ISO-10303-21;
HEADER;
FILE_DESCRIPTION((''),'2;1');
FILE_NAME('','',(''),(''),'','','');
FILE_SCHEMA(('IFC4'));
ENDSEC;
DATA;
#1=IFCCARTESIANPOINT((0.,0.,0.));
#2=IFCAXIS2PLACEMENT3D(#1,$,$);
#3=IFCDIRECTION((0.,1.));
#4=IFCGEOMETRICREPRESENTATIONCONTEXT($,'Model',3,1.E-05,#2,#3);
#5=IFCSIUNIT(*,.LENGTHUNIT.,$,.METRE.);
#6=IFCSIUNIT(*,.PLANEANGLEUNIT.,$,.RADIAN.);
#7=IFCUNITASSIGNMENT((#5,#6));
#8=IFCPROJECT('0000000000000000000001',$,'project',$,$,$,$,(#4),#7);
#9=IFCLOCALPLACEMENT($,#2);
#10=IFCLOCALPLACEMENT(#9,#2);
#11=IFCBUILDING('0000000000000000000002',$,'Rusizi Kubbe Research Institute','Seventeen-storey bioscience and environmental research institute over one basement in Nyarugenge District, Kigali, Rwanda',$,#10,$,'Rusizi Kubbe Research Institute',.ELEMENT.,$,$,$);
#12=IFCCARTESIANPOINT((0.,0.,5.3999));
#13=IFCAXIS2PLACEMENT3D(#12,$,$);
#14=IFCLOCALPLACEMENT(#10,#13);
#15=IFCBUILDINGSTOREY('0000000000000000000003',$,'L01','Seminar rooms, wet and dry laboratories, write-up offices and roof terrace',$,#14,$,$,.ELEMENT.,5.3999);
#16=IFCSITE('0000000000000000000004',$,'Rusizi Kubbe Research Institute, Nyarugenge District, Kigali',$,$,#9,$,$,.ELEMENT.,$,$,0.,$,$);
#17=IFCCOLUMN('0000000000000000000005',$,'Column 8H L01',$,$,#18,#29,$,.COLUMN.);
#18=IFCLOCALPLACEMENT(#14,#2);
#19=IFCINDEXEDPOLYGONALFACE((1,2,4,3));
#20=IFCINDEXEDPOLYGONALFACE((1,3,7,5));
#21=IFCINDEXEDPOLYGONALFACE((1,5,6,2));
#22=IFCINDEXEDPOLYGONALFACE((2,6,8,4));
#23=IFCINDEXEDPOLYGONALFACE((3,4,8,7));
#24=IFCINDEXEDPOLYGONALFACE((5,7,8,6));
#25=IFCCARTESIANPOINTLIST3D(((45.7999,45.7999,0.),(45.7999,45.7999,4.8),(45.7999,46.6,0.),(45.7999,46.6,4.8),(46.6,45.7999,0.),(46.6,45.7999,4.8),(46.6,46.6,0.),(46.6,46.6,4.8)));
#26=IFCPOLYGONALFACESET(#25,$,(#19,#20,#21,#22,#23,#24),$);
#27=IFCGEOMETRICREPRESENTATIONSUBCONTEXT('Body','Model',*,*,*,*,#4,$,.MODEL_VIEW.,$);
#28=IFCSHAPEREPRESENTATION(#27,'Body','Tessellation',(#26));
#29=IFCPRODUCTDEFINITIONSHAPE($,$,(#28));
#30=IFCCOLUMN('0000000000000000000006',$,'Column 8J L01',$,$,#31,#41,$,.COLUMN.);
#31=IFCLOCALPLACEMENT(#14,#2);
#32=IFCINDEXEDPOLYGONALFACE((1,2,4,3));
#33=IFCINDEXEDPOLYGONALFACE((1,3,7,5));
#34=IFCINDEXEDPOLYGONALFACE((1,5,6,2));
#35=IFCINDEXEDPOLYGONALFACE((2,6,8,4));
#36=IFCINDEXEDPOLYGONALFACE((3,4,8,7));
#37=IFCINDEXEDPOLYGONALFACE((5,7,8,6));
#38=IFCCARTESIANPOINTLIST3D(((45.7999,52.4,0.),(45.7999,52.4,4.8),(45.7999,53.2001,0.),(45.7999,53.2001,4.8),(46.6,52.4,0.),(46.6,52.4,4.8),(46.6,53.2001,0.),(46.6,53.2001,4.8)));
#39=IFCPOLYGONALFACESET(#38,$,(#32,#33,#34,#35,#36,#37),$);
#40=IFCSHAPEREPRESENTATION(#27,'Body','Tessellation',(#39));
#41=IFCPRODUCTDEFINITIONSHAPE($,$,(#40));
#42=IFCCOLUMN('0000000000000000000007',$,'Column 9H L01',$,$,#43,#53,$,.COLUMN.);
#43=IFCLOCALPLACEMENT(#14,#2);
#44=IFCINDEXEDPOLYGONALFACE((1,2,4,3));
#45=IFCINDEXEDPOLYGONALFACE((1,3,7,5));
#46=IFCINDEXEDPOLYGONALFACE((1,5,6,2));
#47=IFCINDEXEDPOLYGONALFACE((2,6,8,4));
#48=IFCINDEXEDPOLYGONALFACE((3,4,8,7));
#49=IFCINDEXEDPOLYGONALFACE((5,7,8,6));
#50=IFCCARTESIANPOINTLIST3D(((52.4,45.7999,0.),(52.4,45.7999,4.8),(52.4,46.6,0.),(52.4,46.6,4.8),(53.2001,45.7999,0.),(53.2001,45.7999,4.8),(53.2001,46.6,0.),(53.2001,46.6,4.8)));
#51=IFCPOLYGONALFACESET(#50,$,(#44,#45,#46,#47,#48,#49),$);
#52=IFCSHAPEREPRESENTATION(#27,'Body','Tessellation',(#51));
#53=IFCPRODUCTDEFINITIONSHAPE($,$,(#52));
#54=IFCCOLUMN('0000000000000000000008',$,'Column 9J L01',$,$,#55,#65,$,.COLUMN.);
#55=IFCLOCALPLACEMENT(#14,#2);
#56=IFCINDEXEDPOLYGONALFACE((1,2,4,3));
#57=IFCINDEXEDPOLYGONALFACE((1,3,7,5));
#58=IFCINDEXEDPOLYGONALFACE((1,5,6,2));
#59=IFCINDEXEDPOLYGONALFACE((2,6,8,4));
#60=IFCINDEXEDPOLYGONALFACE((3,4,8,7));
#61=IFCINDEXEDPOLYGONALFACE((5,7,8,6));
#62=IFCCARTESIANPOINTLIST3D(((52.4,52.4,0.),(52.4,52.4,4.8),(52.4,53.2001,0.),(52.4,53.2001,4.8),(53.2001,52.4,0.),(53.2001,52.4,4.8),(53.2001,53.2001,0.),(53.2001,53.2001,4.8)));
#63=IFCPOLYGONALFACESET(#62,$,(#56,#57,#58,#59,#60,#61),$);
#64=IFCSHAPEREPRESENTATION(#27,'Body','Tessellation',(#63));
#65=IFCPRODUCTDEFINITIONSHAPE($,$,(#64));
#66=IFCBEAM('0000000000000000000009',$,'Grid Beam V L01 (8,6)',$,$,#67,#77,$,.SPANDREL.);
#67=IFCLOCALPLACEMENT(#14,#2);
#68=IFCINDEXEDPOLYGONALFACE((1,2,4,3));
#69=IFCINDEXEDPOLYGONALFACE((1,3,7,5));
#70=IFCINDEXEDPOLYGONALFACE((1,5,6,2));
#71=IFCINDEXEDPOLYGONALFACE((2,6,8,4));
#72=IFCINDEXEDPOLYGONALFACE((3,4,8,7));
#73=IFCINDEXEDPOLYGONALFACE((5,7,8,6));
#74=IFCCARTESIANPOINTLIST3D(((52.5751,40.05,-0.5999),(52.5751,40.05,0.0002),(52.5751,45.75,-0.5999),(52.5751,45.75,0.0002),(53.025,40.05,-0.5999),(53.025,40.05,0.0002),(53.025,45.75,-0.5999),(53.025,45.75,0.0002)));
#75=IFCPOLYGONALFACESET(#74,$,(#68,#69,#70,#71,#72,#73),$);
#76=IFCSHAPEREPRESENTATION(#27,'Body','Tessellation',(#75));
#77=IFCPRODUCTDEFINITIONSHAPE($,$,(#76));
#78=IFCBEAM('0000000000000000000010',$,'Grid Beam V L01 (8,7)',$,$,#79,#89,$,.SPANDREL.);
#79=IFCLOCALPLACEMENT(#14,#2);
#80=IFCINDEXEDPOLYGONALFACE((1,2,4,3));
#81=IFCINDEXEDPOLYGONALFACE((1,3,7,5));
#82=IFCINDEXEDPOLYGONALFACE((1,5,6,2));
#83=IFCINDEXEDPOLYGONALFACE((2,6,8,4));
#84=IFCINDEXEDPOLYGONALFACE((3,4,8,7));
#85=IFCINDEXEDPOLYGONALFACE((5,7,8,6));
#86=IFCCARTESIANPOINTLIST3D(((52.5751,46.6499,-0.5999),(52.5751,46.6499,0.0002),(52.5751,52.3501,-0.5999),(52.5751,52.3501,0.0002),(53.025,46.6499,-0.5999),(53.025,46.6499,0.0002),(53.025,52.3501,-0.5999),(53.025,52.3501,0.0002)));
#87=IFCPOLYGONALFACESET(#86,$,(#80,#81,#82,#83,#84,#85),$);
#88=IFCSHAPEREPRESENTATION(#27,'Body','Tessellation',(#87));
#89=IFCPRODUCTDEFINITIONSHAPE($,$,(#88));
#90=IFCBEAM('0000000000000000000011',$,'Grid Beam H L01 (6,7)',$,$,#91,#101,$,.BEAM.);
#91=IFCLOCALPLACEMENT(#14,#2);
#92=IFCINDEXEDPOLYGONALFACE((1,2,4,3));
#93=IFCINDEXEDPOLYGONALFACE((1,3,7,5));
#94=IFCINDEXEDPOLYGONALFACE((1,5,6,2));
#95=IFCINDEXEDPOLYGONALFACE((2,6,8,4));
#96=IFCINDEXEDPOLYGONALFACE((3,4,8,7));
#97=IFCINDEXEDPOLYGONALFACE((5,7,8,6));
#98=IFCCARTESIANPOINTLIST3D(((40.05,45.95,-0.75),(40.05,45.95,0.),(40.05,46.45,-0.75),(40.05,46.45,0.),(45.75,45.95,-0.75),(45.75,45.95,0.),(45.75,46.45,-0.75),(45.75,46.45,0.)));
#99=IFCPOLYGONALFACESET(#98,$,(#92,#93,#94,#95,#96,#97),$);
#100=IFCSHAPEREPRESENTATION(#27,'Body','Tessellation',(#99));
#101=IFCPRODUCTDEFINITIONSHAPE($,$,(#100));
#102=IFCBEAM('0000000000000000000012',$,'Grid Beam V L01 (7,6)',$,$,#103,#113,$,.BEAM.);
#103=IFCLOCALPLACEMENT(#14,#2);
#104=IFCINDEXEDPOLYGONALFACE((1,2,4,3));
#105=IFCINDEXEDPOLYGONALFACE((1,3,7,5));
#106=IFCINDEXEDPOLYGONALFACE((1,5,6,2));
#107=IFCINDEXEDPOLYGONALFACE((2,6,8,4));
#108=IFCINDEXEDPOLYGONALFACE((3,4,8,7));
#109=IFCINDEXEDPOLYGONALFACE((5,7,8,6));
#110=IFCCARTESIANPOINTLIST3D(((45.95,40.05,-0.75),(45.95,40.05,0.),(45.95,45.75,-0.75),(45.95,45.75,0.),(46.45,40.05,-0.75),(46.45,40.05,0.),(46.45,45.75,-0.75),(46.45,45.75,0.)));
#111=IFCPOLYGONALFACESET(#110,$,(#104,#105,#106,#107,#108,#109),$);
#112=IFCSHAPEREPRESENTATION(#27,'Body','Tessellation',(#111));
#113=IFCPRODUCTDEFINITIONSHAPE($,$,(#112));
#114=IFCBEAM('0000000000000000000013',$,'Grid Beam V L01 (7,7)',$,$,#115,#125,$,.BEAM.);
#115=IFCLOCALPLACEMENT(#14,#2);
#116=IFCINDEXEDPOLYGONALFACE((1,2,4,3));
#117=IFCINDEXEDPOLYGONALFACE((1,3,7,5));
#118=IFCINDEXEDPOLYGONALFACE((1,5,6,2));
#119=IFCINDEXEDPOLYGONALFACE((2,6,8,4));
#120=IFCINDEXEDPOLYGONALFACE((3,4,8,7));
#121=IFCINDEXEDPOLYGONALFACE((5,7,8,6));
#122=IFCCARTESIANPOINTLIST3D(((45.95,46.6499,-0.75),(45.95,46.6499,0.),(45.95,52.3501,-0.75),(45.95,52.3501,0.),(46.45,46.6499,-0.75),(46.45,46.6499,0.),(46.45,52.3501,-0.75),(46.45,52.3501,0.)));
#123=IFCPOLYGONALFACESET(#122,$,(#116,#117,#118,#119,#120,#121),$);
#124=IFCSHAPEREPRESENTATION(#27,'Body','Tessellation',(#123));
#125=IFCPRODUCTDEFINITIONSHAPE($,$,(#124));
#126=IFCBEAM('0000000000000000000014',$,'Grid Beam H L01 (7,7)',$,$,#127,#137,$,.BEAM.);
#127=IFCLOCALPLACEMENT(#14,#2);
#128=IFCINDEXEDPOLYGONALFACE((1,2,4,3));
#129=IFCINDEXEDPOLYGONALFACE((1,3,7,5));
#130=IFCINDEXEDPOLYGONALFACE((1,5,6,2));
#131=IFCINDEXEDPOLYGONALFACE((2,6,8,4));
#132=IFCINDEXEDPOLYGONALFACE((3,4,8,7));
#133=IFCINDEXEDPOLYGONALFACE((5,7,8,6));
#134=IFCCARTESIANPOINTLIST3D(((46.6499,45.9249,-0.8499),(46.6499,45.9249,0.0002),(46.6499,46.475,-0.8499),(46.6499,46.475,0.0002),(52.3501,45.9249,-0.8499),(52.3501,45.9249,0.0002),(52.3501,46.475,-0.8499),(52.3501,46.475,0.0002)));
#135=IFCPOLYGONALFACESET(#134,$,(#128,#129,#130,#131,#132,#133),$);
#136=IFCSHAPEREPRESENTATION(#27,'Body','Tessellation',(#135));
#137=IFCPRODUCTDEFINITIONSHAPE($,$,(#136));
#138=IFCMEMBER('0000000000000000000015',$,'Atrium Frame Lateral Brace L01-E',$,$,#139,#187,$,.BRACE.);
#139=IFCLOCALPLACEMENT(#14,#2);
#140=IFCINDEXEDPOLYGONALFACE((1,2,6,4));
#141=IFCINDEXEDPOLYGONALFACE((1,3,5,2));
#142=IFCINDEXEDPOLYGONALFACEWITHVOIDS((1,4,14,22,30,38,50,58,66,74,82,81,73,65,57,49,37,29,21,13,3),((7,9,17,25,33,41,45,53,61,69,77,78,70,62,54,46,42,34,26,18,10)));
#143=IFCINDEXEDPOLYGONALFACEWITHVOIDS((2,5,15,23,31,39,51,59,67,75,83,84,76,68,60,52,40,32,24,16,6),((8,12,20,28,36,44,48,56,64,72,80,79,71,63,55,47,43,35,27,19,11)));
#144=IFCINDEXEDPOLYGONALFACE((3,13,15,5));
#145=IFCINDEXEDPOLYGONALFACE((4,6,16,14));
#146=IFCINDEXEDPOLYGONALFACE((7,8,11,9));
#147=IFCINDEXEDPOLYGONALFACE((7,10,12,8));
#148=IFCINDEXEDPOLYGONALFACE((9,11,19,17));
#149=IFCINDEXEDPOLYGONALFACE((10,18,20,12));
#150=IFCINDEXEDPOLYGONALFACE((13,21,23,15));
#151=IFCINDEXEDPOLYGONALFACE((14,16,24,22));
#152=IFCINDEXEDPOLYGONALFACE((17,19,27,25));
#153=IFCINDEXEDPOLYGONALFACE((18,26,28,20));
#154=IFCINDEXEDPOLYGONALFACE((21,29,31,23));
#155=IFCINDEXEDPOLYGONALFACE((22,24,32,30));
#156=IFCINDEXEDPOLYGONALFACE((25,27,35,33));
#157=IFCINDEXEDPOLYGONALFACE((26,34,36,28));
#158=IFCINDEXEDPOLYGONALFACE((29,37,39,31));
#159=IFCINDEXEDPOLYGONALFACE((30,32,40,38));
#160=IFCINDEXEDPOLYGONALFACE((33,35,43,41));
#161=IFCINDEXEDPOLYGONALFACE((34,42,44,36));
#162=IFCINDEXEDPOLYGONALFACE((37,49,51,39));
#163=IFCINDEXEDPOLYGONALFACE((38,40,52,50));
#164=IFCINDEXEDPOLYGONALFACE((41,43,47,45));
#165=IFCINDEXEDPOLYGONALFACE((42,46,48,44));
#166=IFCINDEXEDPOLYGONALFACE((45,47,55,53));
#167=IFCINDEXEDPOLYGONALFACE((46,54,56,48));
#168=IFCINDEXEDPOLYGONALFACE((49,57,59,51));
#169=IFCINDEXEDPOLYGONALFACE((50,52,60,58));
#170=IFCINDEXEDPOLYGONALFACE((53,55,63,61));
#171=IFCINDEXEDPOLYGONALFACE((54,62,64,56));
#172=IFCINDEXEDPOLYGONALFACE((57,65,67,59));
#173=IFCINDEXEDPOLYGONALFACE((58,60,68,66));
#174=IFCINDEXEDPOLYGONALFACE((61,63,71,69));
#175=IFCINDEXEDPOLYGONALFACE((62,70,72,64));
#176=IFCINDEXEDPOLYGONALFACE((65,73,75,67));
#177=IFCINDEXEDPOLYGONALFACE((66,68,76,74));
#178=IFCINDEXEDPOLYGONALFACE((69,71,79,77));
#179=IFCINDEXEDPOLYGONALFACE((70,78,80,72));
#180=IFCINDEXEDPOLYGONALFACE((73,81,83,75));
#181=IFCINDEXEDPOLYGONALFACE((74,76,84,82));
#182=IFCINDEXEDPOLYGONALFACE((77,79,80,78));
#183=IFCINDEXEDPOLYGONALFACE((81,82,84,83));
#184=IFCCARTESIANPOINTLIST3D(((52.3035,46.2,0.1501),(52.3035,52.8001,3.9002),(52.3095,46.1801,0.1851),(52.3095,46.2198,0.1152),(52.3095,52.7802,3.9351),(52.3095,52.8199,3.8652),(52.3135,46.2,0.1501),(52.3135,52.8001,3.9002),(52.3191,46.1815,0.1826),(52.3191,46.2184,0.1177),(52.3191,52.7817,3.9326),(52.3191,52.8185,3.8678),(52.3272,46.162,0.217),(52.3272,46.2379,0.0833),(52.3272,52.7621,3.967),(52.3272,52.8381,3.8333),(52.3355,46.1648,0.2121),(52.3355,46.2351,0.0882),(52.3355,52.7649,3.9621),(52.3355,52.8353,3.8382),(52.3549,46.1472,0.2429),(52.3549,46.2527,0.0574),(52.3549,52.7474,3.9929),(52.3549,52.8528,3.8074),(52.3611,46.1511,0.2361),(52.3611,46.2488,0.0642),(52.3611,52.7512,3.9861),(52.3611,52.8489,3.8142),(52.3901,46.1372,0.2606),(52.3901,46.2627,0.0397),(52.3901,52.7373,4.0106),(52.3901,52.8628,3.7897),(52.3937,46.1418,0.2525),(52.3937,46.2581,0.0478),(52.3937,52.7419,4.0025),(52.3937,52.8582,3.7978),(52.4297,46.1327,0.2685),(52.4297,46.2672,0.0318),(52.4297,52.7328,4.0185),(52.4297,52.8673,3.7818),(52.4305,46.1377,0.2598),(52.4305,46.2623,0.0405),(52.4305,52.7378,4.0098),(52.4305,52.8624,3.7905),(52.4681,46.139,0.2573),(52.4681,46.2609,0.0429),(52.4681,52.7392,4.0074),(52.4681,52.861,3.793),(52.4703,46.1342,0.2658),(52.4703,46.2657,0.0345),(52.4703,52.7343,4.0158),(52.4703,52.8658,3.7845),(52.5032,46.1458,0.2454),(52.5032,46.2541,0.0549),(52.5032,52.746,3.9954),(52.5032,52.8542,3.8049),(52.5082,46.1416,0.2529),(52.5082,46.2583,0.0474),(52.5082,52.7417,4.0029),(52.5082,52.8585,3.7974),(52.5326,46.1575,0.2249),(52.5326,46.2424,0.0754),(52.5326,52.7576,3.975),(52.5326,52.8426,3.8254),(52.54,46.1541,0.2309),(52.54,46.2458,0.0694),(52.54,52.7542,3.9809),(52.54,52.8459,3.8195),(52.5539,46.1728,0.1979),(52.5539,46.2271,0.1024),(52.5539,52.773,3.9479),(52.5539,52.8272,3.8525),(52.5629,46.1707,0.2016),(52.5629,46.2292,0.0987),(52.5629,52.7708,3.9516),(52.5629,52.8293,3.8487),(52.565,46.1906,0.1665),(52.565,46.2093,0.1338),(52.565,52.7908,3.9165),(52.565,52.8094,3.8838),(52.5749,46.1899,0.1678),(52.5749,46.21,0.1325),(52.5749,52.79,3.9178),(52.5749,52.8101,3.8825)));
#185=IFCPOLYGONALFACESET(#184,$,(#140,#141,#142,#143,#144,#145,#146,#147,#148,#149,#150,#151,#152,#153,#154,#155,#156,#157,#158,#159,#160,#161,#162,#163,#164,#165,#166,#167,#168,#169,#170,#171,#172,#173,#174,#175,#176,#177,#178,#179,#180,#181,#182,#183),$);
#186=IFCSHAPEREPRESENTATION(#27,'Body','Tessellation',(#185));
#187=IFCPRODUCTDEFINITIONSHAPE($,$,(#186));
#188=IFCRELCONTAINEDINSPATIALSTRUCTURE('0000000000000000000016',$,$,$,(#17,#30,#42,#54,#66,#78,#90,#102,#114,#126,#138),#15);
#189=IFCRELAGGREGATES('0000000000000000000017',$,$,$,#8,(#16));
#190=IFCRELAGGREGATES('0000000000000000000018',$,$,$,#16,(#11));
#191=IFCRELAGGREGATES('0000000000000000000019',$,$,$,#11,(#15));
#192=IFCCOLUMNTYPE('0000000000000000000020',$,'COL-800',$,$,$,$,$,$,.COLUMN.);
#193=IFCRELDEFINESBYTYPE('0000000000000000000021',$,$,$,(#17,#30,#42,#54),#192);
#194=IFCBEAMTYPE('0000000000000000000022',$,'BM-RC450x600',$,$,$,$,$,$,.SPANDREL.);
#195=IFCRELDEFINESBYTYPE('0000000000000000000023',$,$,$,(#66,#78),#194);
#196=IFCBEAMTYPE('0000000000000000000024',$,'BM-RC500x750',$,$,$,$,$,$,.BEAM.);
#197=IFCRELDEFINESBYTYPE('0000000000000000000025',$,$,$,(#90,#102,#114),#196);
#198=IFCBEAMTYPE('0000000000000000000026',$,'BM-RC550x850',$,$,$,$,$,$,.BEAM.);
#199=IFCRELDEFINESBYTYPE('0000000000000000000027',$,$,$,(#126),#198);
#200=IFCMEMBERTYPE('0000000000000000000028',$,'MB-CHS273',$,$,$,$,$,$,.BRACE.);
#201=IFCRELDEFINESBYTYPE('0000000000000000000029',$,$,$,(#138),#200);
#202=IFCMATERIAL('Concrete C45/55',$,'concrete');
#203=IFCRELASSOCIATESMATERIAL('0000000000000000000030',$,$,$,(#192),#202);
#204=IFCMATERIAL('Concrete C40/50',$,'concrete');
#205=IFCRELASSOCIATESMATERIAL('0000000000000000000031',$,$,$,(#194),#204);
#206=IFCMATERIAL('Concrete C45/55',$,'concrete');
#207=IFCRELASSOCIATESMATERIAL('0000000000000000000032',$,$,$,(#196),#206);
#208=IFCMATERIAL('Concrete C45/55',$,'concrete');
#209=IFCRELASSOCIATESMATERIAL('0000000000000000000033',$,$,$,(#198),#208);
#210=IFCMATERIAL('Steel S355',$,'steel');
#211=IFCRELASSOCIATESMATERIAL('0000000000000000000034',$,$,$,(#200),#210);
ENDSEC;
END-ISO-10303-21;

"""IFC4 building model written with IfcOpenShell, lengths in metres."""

from ifc_helpers import new_model, si_unit, direction, frame, origin, origin_2d, place, context, subcontext, project, spatial, rectangle, hollow_circle, extrude, material, material_profile, profile_set, type_object, element, save


model = new_model("IFC4")

# Units and contexts
model_context = context("Model", 3, precision=1e-05, world=origin(), true_north=direction((0.0, 1.0)))
body_context = subcontext(model_context, "Body", "Model", "MODEL_VIEW")
ifc_project = project(units=[si_unit("LENGTHUNIT", "METRE"), si_unit("PLANEANGLEUNIT", "RADIAN")], contexts=[model_context])

# Site, building, storey
site_placement = place(None, origin())
site = spatial("IfcSite", under=ifc_project, at=site_placement, Name="Rusizi Kubbe Research Institute, Nyarugenge District, Kigali", CompositionType="ELEMENT", RefElevation=0.0)
building_placement = place(site_placement, origin())
building = spatial("IfcBuilding", under=site, at=building_placement, Name="Rusizi Kubbe Research Institute", Description="Seventeen-storey bioscience and environmental research institute over one basement in Nyarugenge District, Kigali, Rwanda", LongName="Rusizi Kubbe Research Institute", CompositionType="ELEMENT")
storey_placement = place(building_placement, frame((0.0, 0.0, 5.3999)))
storey = spatial("IfcBuildingStorey", under=building, at=storey_placement, Name="L01", Description="Seminar rooms, wet and dry laboratories, write-up offices and roof terrace", CompositionType="ELEMENT", Elevation=5.3999)

# Columns
ifc_material_1 = material(Name="Concrete C45/55", Category="concrete")
ifc_material_profile_1 = material_profile(ifc_material_1, rectangle(XDim=0.8, YDim=0.8, at=origin_2d()), Name="RC800x800")
ifc_profile_set_1 = profile_set([ifc_material_profile_1], Name="Concrete C45/55")
column_type = type_object("IfcColumnType", Name="COL-800", PredefinedType="COLUMN", material=ifc_profile_set_1)
for number, where, z_axis, x_axis, name in (
    (1, (46.2, 46.2, 0.0), (0.0, 0.0, 1.0), (1.0, 0.0, 0.0), "Column 8H L01"),
    (2, (46.2, 52.8, 0.0), (0.0, 0.0, 1.0), (1.0, 0.0, 0.0), "Column 8J L01"),
    (3, (52.8, 46.2, 0.0), (0.0, 0.0, 1.0), (1.0, 0.0, 0.0), "Column 9H L01"),
    (4, (52.8, 52.8, 0.0), (0.0, 0.0, 1.0), (1.0, 0.0, 0.0), "Column 9J L01"),
):
    element("IfcColumn", number, at=place(storey_placement, frame(where, z_axis=z_axis, x_axis=x_axis)), inside=storey, type_object=column_type, Name=name, PredefinedType="COLUMN", context=body_context, shape_type="SweptSolid", body=[
        extrude(rectangle(XDim=0.8, YDim=0.8, at=origin_2d()), origin(), (0.0, 0.0, 1.0), 4.8),
    ])

# Beams
ifc_material_2 = material(Name="Concrete C40/50", Category="concrete")
ifc_material_profile_2 = material_profile(ifc_material_2, rectangle(XDim=0.45, YDim=0.6001, at=origin_2d()), Name="RC450x600")
ifc_profile_set_2 = profile_set([ifc_material_profile_2], Name="Concrete C40/50")
beam_type_1 = type_object("IfcBeamType", Name="BM-RC450x600", PredefinedType="SPANDREL", material=ifc_profile_set_2)
beam_1_placement = place(storey_placement, frame((52.8, 40.05, -0.2998), z_axis=(0.0, 1.0, 0.0), x_axis=(-1.0, 0.0, 0.0)))
element("IfcBeam", 5, at=beam_1_placement, inside=storey, type_object=beam_type_1, Name="Grid Beam V L01 (8,6)", PredefinedType="SPANDREL", context=body_context, shape_type="SweptSolid", body=[
    extrude(rectangle(XDim=0.45, YDim=0.6001, at=origin_2d()), origin(), (0.0, 0.0, 1.0), 5.7),
])
beam_2_placement = place(storey_placement, frame((52.8, 46.6499, -0.2998), z_axis=(0.0, 1.0, 0.0), x_axis=(-1.0, 0.0, 0.0)))
element("IfcBeam", 6, at=beam_2_placement, inside=storey, type_object=beam_type_1, Name="Grid Beam V L01 (8,7)", PredefinedType="SPANDREL", context=body_context, shape_type="SweptSolid", body=[
    extrude(rectangle(XDim=0.45, YDim=0.6001, at=origin_2d()), origin(), (0.0, 0.0, 1.0), 5.7002),
])
ifc_material_3 = material(Name="Concrete C45/55", Category="concrete")
ifc_material_profile_3 = material_profile(ifc_material_3, rectangle(XDim=0.5, YDim=0.75, at=origin_2d()), Name="RC500x750B")
ifc_profile_set_3 = profile_set([ifc_material_profile_3], Name="Concrete C45/55")
beam_type_2 = type_object("IfcBeamType", Name="BM-RC500x750", PredefinedType="BEAM", material=ifc_profile_set_3)
for number, where, z_axis, x_axis, name in (
    (7, (40.05, 46.2, -0.375), (1.0, 0.0, 0.0), (0.0, 1.0, 0.0), "Grid Beam H L01 (6,7)"),
    (8, (46.2, 40.05, -0.375), (0.0, 1.0, 0.0), (-1.0, 0.0, 0.0), "Grid Beam V L01 (7,6)"),
):
    element("IfcBeam", number, at=place(storey_placement, frame(where, z_axis=z_axis, x_axis=x_axis)), inside=storey, type_object=beam_type_2, Name=name, PredefinedType="BEAM", context=body_context, shape_type="SweptSolid", body=[
        extrude(rectangle(XDim=0.5, YDim=0.75, at=origin_2d()), origin(), (0.0, 0.0, 1.0), 5.7),
    ])
beam_3_placement = place(storey_placement, frame((46.2, 46.6499, -0.375), z_axis=(0.0, 1.0, 0.0), x_axis=(-1.0, 0.0, 0.0)))
element("IfcBeam", 9, at=beam_3_placement, inside=storey, type_object=beam_type_2, Name="Grid Beam V L01 (7,7)", PredefinedType="BEAM", context=body_context, shape_type="SweptSolid", body=[
    extrude(rectangle(XDim=0.5, YDim=0.75, at=origin_2d()), origin(), (0.0, 0.0, 1.0), 5.7002),
])
ifc_material_4 = material(Name="Concrete C45/55", Category="concrete")
ifc_material_profile_4 = material_profile(ifc_material_4, rectangle(XDim=0.55, YDim=0.8501, at=origin_2d()), Name="RC550x850")
ifc_profile_set_4 = profile_set([ifc_material_profile_4], Name="Concrete C45/55")
beam_type_3 = type_object("IfcBeamType", Name="BM-RC550x850", PredefinedType="BEAM", material=ifc_profile_set_4)
beam_4_placement = place(storey_placement, frame((46.6499, 46.2, -0.4248), z_axis=(1.0, 0.0, 0.0), x_axis=(0.0, 1.0, 0.0)))
element("IfcBeam", 10, at=beam_4_placement, inside=storey, type_object=beam_type_3, Name="Grid Beam H L01 (7,7)", PredefinedType="BEAM", context=body_context, shape_type="SweptSolid", body=[
    extrude(rectangle(XDim=0.55, YDim=0.8501, at=origin_2d()), origin(), (0.0, 0.0, 1.0), 5.7002),
])

# Member
ifc_material_5 = material(Name="Steel S355", Category="steel")
ifc_material_profile_5 = material_profile(ifc_material_5, hollow_circle(Radius=0.1365, WallThickness=0.01, at=origin_2d()), Name="CHS 273.0x10.0")
ifc_profile_set_5 = profile_set([ifc_material_profile_5], Name="Steel S355")
member_type_1 = type_object("IfcMemberType", Name="MB-CHS273", PredefinedType="BRACE", material=ifc_profile_set_5)
member_1_placement = place(storey_placement, frame((52.4399, 46.2, 0.1501), z_axis=(0.0, 0.86946, 0.494004), x_axis=(-1.0, 0.0, 0.0)))
element("IfcMember", 11, at=member_1_placement, inside=storey, type_object=member_type_1, Name="Atrium Frame Lateral Brace L01-E", PredefinedType="BRACE", context=body_context, shape_type="SweptSolid", body=[
    extrude(hollow_circle(Radius=0.1365, WallThickness=0.01, at=origin_2d()), origin(), (0.0, 0.0, 1.0), 7.5911),
])

save(model, "model.ifc")
